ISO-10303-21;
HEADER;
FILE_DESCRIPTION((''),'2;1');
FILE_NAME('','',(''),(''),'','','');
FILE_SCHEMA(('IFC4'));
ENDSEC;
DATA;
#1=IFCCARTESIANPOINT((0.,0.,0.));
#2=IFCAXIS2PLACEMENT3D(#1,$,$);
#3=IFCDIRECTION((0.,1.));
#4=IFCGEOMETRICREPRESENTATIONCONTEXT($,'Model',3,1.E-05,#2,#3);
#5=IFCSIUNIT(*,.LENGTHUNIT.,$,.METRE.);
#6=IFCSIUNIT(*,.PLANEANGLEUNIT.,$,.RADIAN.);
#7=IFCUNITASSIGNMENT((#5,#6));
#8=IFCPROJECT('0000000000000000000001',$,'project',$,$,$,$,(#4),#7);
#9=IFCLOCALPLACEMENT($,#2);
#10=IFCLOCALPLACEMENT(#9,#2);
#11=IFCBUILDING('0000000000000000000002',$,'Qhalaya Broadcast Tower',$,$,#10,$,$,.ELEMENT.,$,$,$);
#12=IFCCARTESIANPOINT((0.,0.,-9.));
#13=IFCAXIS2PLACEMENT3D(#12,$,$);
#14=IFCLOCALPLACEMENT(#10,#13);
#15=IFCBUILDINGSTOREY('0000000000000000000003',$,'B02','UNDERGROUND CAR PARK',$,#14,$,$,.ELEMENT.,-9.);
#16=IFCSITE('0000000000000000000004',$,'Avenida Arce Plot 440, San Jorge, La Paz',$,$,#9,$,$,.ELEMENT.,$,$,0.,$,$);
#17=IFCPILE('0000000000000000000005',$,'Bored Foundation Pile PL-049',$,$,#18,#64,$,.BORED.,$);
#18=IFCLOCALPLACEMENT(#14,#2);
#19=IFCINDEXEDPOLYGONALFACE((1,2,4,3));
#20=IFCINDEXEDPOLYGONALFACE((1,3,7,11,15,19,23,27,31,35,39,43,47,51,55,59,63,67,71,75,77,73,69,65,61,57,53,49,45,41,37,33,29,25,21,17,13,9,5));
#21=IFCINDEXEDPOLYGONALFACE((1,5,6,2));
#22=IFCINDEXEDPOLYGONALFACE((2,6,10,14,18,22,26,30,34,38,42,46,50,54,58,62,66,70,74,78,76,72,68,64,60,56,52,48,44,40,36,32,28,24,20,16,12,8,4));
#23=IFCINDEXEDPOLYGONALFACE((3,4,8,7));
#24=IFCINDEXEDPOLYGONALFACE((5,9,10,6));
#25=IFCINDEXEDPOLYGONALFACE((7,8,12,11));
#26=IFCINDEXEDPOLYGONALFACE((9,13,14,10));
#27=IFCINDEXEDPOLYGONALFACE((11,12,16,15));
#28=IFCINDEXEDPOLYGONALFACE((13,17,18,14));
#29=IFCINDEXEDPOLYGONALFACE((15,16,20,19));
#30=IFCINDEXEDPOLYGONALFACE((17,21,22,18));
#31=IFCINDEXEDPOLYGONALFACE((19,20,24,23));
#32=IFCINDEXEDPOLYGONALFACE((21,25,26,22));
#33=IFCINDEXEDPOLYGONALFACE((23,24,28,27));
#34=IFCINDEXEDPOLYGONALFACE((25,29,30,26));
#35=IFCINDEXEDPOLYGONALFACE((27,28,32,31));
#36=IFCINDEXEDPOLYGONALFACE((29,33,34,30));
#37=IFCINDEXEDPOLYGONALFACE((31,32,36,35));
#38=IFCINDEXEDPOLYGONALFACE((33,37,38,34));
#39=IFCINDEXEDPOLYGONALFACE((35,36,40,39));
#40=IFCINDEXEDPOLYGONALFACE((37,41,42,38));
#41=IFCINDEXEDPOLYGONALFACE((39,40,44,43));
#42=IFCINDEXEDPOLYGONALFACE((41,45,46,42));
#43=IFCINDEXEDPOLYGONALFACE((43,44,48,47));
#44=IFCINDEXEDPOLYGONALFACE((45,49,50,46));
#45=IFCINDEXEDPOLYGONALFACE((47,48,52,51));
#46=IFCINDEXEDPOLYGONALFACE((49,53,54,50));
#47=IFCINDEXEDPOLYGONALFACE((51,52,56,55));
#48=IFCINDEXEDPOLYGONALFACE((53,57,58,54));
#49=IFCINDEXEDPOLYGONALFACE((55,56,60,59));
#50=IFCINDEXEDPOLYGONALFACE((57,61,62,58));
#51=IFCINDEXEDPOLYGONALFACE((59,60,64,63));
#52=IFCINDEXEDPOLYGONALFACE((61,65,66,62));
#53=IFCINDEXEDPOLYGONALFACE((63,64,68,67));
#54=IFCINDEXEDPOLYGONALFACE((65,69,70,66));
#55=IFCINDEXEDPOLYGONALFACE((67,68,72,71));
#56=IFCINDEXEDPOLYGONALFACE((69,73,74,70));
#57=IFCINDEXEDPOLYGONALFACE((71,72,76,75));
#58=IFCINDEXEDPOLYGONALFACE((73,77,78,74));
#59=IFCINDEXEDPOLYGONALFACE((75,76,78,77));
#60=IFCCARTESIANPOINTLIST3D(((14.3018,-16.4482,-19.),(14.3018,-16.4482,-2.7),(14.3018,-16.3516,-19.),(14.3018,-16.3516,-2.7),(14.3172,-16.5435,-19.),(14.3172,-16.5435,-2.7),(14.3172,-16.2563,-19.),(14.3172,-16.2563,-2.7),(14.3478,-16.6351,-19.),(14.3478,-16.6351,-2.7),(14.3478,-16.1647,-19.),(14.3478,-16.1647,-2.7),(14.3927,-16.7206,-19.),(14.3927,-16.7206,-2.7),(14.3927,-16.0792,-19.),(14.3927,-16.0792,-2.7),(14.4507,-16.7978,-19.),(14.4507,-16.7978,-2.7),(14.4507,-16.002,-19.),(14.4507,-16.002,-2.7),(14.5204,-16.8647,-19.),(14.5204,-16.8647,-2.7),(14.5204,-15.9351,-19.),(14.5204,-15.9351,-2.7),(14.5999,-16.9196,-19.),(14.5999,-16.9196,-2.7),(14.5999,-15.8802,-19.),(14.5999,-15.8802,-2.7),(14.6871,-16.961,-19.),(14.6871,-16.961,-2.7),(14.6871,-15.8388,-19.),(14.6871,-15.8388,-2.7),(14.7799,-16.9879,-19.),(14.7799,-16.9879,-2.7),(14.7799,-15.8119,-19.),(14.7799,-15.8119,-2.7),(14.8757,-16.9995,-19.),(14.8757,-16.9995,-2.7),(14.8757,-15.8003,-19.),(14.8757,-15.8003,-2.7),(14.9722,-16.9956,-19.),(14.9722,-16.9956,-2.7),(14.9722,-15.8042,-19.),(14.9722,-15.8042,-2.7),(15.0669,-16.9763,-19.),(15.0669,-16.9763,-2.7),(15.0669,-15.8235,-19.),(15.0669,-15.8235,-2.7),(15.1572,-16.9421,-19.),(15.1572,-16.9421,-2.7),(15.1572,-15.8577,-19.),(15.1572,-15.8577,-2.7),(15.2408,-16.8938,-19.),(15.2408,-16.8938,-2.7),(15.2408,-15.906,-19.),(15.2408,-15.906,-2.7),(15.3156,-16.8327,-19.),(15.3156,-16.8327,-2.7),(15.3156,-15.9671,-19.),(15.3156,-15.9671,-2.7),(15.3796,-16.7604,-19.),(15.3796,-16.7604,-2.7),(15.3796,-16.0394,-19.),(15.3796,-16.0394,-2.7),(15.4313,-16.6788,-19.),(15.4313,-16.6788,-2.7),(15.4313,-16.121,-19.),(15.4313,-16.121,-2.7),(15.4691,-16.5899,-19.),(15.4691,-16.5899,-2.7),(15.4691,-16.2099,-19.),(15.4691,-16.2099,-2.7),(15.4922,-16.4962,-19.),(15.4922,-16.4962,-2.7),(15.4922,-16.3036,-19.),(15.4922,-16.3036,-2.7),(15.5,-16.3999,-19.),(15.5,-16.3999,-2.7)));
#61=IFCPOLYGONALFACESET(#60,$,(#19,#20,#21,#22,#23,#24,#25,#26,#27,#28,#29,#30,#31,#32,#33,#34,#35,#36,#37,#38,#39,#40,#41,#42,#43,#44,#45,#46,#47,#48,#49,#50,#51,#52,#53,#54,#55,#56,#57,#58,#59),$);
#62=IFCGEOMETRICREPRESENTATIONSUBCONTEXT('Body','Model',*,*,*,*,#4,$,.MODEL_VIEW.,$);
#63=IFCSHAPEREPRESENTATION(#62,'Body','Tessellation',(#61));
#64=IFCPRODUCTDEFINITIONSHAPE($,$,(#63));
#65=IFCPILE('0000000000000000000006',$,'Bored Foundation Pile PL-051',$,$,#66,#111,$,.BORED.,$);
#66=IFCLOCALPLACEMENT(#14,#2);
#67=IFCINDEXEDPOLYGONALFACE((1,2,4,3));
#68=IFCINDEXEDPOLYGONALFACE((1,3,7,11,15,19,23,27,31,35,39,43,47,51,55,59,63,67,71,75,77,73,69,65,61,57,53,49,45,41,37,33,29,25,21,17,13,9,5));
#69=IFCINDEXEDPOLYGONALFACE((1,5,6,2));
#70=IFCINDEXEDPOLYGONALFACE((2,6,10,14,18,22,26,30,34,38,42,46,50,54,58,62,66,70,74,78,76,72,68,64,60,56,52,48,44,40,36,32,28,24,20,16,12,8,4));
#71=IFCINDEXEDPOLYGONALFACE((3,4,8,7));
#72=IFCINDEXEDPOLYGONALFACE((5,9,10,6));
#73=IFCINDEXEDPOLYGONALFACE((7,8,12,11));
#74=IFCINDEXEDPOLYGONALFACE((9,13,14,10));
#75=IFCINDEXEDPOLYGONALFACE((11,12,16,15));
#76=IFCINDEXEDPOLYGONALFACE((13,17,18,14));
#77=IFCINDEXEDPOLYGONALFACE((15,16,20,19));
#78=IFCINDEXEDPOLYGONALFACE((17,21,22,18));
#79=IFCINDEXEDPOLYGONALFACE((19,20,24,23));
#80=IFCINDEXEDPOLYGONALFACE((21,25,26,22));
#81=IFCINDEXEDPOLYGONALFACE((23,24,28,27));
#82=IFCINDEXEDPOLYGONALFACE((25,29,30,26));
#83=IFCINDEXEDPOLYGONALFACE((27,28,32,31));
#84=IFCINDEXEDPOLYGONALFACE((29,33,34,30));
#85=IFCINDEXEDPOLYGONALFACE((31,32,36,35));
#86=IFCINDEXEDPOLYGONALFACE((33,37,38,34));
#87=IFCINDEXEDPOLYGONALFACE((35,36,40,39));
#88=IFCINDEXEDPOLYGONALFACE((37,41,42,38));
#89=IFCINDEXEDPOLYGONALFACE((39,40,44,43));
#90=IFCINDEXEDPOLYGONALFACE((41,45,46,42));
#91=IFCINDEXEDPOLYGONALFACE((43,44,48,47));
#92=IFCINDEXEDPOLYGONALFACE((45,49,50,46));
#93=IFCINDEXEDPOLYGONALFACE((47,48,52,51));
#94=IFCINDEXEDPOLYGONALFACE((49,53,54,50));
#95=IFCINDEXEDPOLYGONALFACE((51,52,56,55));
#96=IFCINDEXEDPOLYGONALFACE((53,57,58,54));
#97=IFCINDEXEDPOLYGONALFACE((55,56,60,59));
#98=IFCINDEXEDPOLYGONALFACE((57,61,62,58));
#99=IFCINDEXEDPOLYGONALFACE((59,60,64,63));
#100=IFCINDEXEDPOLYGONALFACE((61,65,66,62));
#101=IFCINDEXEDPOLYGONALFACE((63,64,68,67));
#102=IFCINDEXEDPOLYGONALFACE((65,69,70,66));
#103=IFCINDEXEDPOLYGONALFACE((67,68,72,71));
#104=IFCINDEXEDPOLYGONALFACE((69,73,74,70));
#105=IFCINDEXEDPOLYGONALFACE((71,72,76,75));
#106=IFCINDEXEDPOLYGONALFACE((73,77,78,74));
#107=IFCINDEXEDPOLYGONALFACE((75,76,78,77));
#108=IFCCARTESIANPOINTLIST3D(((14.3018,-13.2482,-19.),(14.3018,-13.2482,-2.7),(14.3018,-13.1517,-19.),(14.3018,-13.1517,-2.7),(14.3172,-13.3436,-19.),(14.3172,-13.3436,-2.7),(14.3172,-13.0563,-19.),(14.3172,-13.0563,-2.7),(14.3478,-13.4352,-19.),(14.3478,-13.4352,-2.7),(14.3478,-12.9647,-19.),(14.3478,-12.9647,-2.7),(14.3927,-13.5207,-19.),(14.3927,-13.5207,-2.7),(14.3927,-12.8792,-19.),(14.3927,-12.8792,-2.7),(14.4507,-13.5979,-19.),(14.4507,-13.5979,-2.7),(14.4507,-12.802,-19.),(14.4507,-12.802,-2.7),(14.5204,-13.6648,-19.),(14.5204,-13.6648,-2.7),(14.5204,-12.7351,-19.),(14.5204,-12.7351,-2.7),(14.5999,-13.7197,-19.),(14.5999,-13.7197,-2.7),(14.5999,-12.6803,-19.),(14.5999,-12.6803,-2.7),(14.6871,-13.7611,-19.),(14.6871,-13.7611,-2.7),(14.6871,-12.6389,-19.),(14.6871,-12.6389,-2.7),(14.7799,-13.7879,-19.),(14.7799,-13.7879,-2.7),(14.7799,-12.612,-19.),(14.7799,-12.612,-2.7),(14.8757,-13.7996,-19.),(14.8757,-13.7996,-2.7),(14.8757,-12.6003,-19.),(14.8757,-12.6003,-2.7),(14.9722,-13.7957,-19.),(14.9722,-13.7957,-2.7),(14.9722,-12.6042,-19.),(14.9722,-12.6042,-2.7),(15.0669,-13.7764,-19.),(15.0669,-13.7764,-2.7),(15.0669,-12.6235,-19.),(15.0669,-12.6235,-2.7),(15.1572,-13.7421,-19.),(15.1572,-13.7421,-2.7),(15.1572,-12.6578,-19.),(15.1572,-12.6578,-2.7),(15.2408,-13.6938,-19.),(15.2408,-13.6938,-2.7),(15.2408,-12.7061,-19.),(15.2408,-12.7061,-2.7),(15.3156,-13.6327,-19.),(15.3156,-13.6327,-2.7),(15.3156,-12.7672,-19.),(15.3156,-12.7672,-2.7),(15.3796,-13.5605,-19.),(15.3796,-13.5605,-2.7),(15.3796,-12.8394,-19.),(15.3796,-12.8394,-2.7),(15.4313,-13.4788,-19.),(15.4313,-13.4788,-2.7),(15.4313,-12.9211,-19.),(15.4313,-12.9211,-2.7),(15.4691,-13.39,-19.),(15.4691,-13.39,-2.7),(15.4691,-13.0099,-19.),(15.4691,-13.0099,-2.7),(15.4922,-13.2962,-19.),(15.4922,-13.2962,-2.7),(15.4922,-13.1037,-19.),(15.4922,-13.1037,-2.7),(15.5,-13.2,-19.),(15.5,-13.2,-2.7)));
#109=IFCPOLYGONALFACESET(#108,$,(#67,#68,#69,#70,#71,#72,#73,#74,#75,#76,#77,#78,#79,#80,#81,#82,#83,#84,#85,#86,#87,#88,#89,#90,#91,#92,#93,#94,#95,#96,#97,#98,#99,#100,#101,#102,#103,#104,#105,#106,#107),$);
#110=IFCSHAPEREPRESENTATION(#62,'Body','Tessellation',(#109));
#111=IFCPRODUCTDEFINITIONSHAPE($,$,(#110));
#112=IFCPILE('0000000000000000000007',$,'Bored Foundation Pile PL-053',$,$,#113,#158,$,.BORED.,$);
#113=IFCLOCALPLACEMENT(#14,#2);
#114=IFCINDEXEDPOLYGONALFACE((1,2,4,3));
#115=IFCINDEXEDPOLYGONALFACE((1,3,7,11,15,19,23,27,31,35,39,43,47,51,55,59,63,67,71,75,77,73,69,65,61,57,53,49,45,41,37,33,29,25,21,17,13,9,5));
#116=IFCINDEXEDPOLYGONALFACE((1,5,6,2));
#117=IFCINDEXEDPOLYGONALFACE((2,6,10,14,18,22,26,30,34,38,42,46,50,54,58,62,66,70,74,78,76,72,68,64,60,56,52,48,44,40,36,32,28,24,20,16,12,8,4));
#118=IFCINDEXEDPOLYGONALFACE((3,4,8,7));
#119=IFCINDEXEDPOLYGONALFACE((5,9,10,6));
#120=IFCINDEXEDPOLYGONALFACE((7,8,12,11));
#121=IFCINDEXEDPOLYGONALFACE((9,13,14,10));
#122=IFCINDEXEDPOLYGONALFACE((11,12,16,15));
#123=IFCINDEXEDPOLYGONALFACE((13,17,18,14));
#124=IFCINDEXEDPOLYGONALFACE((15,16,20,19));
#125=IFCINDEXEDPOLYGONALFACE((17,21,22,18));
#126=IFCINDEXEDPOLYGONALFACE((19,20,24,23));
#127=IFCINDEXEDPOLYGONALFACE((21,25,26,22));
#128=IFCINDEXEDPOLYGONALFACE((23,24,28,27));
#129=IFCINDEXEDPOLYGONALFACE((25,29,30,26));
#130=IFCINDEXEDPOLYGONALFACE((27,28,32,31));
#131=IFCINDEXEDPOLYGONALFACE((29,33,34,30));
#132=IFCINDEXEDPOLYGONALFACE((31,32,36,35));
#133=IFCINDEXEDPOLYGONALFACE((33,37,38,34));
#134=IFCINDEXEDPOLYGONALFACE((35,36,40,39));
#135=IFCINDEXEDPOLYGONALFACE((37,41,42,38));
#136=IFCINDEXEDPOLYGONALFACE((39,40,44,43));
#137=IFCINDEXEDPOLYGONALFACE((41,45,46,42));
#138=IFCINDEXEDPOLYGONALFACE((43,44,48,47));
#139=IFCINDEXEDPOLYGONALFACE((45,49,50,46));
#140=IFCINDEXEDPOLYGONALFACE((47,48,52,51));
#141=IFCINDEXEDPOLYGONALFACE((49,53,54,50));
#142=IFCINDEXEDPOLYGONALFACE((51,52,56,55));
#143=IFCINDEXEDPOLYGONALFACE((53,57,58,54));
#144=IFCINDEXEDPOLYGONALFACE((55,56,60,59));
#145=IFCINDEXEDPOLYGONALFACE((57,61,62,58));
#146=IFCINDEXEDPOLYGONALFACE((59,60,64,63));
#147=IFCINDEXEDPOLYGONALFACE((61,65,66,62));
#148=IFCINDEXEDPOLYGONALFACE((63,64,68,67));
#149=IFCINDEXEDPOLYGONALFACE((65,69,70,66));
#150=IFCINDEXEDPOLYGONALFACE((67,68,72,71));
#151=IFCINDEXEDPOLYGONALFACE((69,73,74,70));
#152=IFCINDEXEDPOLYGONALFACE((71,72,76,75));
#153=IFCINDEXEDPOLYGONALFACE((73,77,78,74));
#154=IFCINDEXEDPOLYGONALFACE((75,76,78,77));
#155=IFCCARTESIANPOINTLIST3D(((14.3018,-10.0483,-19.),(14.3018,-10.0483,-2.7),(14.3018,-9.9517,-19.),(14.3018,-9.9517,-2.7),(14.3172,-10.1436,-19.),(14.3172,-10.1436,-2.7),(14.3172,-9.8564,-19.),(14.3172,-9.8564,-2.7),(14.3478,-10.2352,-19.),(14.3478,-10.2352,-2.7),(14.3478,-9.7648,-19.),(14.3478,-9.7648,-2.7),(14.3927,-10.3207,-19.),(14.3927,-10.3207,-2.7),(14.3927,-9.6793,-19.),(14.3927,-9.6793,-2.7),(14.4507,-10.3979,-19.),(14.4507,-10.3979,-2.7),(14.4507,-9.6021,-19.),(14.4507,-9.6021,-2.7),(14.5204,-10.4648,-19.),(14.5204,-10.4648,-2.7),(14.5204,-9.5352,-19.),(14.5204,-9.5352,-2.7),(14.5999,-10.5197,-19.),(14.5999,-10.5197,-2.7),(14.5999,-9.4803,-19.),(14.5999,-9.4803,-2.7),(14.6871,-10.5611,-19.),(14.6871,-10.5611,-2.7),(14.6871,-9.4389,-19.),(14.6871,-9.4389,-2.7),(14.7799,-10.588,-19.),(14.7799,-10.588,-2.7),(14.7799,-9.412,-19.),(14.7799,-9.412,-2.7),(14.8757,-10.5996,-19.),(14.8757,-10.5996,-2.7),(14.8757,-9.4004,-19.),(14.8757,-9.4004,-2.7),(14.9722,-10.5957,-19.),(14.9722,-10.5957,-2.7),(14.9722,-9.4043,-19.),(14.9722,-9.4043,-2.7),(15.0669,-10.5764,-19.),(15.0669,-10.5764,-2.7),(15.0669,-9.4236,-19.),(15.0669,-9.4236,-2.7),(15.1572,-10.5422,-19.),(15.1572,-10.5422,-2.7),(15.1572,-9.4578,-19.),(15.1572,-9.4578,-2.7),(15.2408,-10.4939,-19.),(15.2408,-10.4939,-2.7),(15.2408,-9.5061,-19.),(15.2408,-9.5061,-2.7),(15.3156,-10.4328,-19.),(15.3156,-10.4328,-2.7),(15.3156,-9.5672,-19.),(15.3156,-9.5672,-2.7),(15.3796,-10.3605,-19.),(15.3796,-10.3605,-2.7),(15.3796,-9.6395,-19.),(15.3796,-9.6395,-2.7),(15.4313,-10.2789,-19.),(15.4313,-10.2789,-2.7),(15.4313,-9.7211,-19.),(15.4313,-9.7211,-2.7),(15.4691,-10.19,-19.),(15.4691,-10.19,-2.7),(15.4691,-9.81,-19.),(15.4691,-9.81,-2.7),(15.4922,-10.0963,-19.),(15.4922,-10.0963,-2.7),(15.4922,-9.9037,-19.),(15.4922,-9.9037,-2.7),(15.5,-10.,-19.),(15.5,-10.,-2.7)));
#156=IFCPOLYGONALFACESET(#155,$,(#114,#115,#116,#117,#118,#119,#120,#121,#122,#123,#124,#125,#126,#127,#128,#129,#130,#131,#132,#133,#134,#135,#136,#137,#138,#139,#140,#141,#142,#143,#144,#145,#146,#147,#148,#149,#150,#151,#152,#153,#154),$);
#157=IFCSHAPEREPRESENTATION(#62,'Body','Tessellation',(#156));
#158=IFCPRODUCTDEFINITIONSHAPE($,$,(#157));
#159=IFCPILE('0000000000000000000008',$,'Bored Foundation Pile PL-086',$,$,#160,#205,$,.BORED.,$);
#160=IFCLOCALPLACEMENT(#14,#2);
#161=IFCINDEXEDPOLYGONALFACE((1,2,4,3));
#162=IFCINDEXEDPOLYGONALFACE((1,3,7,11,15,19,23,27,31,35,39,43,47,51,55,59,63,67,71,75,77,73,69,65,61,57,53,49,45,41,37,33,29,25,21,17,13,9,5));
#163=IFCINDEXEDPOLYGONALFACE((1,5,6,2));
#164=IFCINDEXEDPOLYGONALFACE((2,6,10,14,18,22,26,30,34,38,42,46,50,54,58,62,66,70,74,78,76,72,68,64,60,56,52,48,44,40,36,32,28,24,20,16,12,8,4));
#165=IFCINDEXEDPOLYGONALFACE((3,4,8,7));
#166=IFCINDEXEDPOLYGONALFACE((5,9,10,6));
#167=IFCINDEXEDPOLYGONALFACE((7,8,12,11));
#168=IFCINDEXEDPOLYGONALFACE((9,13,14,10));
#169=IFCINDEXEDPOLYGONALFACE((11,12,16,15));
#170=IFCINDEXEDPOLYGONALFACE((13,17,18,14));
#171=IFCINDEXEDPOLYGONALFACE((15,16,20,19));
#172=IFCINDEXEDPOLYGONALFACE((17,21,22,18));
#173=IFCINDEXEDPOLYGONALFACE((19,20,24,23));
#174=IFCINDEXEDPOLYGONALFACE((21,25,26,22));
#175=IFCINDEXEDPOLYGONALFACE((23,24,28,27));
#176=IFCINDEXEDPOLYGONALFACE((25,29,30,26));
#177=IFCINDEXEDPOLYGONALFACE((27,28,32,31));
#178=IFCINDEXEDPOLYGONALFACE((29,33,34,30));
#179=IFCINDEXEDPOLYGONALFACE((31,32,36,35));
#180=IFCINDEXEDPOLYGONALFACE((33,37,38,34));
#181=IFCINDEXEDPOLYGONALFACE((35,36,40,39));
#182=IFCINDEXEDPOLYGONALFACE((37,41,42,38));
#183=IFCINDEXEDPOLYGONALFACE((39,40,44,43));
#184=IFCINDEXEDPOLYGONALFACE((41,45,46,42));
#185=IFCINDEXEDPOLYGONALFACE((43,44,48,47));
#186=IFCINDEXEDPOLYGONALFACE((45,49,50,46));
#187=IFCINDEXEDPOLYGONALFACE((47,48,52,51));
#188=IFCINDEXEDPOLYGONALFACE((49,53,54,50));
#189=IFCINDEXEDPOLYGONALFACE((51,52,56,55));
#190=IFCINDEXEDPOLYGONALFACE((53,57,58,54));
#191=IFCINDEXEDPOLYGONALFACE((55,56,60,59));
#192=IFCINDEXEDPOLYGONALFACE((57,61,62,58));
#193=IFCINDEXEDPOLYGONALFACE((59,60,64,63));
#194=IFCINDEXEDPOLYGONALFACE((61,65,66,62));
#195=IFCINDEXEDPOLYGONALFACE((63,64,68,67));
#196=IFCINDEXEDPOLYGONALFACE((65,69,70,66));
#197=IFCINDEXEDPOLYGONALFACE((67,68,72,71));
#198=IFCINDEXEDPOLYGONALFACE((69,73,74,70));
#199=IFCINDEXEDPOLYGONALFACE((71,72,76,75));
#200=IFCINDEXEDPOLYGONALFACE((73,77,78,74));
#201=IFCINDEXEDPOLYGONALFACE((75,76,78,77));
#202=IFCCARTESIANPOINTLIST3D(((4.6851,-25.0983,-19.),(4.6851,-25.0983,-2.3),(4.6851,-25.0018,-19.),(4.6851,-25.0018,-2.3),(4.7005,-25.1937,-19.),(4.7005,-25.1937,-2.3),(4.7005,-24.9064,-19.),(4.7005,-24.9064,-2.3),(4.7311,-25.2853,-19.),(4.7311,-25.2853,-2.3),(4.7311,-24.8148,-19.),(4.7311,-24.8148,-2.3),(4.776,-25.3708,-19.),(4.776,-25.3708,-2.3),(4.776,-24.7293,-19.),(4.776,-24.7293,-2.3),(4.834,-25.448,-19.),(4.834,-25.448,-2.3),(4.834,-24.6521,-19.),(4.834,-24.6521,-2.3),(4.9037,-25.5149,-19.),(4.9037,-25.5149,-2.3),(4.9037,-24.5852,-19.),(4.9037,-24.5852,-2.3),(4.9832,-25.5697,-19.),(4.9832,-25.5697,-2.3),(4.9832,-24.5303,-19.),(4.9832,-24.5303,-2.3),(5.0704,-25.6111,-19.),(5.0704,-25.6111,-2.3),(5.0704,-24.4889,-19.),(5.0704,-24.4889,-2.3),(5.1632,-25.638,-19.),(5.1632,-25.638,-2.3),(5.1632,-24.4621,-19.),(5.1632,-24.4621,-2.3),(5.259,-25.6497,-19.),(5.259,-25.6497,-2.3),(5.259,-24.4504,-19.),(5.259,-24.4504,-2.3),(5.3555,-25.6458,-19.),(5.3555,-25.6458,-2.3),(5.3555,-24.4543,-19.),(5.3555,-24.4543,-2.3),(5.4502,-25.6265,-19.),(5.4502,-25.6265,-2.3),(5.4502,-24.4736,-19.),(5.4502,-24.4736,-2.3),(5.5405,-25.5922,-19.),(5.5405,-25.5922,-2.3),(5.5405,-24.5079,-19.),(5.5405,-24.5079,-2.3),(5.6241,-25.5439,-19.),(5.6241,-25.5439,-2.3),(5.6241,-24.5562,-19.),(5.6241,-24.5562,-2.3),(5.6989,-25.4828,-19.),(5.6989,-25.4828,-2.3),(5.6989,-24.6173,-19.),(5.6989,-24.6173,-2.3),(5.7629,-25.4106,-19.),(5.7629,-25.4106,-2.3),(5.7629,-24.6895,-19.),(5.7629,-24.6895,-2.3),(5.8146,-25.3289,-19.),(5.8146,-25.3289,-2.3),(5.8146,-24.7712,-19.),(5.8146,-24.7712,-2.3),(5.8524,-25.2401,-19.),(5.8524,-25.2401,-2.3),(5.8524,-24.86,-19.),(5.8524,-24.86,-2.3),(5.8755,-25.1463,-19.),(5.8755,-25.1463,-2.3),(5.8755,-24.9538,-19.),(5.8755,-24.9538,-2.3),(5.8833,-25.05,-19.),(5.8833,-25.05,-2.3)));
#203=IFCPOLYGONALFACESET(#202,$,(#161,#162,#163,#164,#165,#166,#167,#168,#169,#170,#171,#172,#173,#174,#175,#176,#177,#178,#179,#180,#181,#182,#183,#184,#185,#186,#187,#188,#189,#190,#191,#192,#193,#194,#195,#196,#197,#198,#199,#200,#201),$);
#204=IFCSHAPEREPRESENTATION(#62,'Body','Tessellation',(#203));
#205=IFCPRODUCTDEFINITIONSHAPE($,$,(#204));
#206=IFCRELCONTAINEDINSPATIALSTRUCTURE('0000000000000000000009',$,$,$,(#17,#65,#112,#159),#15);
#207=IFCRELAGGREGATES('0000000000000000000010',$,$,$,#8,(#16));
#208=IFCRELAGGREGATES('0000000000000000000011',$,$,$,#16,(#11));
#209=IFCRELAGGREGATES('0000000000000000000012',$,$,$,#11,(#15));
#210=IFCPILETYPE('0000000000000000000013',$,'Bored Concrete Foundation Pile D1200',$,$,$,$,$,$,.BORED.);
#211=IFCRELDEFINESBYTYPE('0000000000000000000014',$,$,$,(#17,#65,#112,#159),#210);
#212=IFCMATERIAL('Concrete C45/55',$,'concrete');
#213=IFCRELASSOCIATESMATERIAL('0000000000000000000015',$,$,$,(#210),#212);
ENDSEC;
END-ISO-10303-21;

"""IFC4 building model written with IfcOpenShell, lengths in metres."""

from ifc_helpers import new_model, si_unit, direction, frame, origin, origin_2d, place, context, subcontext, project, spatial, circle, extrude, material, material_profile, profile_set, type_object, element, save


model = new_model("IFC4")

# Units and contexts
model_context = context("Model", 3, precision=1e-05, world=origin(), true_north=direction((0.0, 1.0)))
body_context = subcontext(model_context, "Body", "Model", "MODEL_VIEW")
ifc_project = project(units=[si_unit("LENGTHUNIT", "METRE"), si_unit("PLANEANGLEUNIT", "RADIAN")], contexts=[model_context])

# Site, building, storey
site_placement = place(None, origin())
site = spatial("IfcSite", under=ifc_project, at=site_placement, Name="Avenida Arce Plot 440, San Jorge, La Paz", CompositionType="ELEMENT", RefElevation=0.0)
building_placement = place(site_placement, origin())
building = spatial("IfcBuilding", under=site, at=building_placement, Name="Qhalaya Broadcast Tower", CompositionType="ELEMENT")
storey_placement = place(building_placement, frame((0.0, 0.0, -9.0)))
storey = spatial("IfcBuildingStorey", under=building, at=storey_placement, Name="B02", Description="UNDERGROUND CAR PARK", CompositionType="ELEMENT", Elevation=-9.0)

# Piles
ifc_material_1 = material(Name="Concrete C45/55", Category="concrete")
ifc_material_profile_1 = material_profile(ifc_material_1, circle(Radius=0.6001, at=origin_2d()), Name="PILE D1200")
ifc_profile_set_1 = profile_set([ifc_material_profile_1], Name="Concrete C45/55")
pile_type_1 = type_object("IfcPileType", Name="Bored Concrete Foundation Pile D1200", PredefinedType="BORED", material=ifc_profile_set_1)
for number, where, z_axis, x_axis, name in (
    (1, (14.8999, -16.3999, -2.7), (0.0, 0.0, -1.0), (1.0, 0.0, 0.0), "Bored Foundation Pile PL-049"),
    (2, (14.8999, -13.2, -2.7), (0.0, 0.0, -1.0), (1.0, 0.0, 0.0), "Bored Foundation Pile PL-051"),
    (3, (14.8999, -10.0, -2.7), (0.0, 0.0, -1.0), (1.0, 0.0, 0.0), "Bored Foundation Pile PL-053"),
):
    element("IfcPile", number, at=place(storey_placement, frame(where, z_axis=z_axis, x_axis=x_axis)), inside=storey, type_object=pile_type_1, Name=name, PredefinedType="BORED", context=body_context, shape_type="SweptSolid", body=[
        extrude(circle(Radius=0.6001, at=origin_2d()), origin(), (0.0, 0.0, 1.0), 16.3),
    ])
for number, where, z_axis, x_axis, name in (
    (4, (5.2832, -25.05, -2.3), (0.0, 0.0, -1.0), (1.0, 0.0, 0.0), "Bored Foundation Pile PL-086"),
):
    element("IfcPile", number, at=place(storey_placement, frame(where, z_axis=z_axis, x_axis=x_axis)), inside=storey, type_object=pile_type_1, Name=name, PredefinedType="BORED", context=body_context, shape_type="SweptSolid", body=[
        extrude(circle(Radius=0.6001, at=origin_2d()), origin(), (0.0, 0.0, 1.0), 16.7),
    ])

save(model, "model.ifc")
